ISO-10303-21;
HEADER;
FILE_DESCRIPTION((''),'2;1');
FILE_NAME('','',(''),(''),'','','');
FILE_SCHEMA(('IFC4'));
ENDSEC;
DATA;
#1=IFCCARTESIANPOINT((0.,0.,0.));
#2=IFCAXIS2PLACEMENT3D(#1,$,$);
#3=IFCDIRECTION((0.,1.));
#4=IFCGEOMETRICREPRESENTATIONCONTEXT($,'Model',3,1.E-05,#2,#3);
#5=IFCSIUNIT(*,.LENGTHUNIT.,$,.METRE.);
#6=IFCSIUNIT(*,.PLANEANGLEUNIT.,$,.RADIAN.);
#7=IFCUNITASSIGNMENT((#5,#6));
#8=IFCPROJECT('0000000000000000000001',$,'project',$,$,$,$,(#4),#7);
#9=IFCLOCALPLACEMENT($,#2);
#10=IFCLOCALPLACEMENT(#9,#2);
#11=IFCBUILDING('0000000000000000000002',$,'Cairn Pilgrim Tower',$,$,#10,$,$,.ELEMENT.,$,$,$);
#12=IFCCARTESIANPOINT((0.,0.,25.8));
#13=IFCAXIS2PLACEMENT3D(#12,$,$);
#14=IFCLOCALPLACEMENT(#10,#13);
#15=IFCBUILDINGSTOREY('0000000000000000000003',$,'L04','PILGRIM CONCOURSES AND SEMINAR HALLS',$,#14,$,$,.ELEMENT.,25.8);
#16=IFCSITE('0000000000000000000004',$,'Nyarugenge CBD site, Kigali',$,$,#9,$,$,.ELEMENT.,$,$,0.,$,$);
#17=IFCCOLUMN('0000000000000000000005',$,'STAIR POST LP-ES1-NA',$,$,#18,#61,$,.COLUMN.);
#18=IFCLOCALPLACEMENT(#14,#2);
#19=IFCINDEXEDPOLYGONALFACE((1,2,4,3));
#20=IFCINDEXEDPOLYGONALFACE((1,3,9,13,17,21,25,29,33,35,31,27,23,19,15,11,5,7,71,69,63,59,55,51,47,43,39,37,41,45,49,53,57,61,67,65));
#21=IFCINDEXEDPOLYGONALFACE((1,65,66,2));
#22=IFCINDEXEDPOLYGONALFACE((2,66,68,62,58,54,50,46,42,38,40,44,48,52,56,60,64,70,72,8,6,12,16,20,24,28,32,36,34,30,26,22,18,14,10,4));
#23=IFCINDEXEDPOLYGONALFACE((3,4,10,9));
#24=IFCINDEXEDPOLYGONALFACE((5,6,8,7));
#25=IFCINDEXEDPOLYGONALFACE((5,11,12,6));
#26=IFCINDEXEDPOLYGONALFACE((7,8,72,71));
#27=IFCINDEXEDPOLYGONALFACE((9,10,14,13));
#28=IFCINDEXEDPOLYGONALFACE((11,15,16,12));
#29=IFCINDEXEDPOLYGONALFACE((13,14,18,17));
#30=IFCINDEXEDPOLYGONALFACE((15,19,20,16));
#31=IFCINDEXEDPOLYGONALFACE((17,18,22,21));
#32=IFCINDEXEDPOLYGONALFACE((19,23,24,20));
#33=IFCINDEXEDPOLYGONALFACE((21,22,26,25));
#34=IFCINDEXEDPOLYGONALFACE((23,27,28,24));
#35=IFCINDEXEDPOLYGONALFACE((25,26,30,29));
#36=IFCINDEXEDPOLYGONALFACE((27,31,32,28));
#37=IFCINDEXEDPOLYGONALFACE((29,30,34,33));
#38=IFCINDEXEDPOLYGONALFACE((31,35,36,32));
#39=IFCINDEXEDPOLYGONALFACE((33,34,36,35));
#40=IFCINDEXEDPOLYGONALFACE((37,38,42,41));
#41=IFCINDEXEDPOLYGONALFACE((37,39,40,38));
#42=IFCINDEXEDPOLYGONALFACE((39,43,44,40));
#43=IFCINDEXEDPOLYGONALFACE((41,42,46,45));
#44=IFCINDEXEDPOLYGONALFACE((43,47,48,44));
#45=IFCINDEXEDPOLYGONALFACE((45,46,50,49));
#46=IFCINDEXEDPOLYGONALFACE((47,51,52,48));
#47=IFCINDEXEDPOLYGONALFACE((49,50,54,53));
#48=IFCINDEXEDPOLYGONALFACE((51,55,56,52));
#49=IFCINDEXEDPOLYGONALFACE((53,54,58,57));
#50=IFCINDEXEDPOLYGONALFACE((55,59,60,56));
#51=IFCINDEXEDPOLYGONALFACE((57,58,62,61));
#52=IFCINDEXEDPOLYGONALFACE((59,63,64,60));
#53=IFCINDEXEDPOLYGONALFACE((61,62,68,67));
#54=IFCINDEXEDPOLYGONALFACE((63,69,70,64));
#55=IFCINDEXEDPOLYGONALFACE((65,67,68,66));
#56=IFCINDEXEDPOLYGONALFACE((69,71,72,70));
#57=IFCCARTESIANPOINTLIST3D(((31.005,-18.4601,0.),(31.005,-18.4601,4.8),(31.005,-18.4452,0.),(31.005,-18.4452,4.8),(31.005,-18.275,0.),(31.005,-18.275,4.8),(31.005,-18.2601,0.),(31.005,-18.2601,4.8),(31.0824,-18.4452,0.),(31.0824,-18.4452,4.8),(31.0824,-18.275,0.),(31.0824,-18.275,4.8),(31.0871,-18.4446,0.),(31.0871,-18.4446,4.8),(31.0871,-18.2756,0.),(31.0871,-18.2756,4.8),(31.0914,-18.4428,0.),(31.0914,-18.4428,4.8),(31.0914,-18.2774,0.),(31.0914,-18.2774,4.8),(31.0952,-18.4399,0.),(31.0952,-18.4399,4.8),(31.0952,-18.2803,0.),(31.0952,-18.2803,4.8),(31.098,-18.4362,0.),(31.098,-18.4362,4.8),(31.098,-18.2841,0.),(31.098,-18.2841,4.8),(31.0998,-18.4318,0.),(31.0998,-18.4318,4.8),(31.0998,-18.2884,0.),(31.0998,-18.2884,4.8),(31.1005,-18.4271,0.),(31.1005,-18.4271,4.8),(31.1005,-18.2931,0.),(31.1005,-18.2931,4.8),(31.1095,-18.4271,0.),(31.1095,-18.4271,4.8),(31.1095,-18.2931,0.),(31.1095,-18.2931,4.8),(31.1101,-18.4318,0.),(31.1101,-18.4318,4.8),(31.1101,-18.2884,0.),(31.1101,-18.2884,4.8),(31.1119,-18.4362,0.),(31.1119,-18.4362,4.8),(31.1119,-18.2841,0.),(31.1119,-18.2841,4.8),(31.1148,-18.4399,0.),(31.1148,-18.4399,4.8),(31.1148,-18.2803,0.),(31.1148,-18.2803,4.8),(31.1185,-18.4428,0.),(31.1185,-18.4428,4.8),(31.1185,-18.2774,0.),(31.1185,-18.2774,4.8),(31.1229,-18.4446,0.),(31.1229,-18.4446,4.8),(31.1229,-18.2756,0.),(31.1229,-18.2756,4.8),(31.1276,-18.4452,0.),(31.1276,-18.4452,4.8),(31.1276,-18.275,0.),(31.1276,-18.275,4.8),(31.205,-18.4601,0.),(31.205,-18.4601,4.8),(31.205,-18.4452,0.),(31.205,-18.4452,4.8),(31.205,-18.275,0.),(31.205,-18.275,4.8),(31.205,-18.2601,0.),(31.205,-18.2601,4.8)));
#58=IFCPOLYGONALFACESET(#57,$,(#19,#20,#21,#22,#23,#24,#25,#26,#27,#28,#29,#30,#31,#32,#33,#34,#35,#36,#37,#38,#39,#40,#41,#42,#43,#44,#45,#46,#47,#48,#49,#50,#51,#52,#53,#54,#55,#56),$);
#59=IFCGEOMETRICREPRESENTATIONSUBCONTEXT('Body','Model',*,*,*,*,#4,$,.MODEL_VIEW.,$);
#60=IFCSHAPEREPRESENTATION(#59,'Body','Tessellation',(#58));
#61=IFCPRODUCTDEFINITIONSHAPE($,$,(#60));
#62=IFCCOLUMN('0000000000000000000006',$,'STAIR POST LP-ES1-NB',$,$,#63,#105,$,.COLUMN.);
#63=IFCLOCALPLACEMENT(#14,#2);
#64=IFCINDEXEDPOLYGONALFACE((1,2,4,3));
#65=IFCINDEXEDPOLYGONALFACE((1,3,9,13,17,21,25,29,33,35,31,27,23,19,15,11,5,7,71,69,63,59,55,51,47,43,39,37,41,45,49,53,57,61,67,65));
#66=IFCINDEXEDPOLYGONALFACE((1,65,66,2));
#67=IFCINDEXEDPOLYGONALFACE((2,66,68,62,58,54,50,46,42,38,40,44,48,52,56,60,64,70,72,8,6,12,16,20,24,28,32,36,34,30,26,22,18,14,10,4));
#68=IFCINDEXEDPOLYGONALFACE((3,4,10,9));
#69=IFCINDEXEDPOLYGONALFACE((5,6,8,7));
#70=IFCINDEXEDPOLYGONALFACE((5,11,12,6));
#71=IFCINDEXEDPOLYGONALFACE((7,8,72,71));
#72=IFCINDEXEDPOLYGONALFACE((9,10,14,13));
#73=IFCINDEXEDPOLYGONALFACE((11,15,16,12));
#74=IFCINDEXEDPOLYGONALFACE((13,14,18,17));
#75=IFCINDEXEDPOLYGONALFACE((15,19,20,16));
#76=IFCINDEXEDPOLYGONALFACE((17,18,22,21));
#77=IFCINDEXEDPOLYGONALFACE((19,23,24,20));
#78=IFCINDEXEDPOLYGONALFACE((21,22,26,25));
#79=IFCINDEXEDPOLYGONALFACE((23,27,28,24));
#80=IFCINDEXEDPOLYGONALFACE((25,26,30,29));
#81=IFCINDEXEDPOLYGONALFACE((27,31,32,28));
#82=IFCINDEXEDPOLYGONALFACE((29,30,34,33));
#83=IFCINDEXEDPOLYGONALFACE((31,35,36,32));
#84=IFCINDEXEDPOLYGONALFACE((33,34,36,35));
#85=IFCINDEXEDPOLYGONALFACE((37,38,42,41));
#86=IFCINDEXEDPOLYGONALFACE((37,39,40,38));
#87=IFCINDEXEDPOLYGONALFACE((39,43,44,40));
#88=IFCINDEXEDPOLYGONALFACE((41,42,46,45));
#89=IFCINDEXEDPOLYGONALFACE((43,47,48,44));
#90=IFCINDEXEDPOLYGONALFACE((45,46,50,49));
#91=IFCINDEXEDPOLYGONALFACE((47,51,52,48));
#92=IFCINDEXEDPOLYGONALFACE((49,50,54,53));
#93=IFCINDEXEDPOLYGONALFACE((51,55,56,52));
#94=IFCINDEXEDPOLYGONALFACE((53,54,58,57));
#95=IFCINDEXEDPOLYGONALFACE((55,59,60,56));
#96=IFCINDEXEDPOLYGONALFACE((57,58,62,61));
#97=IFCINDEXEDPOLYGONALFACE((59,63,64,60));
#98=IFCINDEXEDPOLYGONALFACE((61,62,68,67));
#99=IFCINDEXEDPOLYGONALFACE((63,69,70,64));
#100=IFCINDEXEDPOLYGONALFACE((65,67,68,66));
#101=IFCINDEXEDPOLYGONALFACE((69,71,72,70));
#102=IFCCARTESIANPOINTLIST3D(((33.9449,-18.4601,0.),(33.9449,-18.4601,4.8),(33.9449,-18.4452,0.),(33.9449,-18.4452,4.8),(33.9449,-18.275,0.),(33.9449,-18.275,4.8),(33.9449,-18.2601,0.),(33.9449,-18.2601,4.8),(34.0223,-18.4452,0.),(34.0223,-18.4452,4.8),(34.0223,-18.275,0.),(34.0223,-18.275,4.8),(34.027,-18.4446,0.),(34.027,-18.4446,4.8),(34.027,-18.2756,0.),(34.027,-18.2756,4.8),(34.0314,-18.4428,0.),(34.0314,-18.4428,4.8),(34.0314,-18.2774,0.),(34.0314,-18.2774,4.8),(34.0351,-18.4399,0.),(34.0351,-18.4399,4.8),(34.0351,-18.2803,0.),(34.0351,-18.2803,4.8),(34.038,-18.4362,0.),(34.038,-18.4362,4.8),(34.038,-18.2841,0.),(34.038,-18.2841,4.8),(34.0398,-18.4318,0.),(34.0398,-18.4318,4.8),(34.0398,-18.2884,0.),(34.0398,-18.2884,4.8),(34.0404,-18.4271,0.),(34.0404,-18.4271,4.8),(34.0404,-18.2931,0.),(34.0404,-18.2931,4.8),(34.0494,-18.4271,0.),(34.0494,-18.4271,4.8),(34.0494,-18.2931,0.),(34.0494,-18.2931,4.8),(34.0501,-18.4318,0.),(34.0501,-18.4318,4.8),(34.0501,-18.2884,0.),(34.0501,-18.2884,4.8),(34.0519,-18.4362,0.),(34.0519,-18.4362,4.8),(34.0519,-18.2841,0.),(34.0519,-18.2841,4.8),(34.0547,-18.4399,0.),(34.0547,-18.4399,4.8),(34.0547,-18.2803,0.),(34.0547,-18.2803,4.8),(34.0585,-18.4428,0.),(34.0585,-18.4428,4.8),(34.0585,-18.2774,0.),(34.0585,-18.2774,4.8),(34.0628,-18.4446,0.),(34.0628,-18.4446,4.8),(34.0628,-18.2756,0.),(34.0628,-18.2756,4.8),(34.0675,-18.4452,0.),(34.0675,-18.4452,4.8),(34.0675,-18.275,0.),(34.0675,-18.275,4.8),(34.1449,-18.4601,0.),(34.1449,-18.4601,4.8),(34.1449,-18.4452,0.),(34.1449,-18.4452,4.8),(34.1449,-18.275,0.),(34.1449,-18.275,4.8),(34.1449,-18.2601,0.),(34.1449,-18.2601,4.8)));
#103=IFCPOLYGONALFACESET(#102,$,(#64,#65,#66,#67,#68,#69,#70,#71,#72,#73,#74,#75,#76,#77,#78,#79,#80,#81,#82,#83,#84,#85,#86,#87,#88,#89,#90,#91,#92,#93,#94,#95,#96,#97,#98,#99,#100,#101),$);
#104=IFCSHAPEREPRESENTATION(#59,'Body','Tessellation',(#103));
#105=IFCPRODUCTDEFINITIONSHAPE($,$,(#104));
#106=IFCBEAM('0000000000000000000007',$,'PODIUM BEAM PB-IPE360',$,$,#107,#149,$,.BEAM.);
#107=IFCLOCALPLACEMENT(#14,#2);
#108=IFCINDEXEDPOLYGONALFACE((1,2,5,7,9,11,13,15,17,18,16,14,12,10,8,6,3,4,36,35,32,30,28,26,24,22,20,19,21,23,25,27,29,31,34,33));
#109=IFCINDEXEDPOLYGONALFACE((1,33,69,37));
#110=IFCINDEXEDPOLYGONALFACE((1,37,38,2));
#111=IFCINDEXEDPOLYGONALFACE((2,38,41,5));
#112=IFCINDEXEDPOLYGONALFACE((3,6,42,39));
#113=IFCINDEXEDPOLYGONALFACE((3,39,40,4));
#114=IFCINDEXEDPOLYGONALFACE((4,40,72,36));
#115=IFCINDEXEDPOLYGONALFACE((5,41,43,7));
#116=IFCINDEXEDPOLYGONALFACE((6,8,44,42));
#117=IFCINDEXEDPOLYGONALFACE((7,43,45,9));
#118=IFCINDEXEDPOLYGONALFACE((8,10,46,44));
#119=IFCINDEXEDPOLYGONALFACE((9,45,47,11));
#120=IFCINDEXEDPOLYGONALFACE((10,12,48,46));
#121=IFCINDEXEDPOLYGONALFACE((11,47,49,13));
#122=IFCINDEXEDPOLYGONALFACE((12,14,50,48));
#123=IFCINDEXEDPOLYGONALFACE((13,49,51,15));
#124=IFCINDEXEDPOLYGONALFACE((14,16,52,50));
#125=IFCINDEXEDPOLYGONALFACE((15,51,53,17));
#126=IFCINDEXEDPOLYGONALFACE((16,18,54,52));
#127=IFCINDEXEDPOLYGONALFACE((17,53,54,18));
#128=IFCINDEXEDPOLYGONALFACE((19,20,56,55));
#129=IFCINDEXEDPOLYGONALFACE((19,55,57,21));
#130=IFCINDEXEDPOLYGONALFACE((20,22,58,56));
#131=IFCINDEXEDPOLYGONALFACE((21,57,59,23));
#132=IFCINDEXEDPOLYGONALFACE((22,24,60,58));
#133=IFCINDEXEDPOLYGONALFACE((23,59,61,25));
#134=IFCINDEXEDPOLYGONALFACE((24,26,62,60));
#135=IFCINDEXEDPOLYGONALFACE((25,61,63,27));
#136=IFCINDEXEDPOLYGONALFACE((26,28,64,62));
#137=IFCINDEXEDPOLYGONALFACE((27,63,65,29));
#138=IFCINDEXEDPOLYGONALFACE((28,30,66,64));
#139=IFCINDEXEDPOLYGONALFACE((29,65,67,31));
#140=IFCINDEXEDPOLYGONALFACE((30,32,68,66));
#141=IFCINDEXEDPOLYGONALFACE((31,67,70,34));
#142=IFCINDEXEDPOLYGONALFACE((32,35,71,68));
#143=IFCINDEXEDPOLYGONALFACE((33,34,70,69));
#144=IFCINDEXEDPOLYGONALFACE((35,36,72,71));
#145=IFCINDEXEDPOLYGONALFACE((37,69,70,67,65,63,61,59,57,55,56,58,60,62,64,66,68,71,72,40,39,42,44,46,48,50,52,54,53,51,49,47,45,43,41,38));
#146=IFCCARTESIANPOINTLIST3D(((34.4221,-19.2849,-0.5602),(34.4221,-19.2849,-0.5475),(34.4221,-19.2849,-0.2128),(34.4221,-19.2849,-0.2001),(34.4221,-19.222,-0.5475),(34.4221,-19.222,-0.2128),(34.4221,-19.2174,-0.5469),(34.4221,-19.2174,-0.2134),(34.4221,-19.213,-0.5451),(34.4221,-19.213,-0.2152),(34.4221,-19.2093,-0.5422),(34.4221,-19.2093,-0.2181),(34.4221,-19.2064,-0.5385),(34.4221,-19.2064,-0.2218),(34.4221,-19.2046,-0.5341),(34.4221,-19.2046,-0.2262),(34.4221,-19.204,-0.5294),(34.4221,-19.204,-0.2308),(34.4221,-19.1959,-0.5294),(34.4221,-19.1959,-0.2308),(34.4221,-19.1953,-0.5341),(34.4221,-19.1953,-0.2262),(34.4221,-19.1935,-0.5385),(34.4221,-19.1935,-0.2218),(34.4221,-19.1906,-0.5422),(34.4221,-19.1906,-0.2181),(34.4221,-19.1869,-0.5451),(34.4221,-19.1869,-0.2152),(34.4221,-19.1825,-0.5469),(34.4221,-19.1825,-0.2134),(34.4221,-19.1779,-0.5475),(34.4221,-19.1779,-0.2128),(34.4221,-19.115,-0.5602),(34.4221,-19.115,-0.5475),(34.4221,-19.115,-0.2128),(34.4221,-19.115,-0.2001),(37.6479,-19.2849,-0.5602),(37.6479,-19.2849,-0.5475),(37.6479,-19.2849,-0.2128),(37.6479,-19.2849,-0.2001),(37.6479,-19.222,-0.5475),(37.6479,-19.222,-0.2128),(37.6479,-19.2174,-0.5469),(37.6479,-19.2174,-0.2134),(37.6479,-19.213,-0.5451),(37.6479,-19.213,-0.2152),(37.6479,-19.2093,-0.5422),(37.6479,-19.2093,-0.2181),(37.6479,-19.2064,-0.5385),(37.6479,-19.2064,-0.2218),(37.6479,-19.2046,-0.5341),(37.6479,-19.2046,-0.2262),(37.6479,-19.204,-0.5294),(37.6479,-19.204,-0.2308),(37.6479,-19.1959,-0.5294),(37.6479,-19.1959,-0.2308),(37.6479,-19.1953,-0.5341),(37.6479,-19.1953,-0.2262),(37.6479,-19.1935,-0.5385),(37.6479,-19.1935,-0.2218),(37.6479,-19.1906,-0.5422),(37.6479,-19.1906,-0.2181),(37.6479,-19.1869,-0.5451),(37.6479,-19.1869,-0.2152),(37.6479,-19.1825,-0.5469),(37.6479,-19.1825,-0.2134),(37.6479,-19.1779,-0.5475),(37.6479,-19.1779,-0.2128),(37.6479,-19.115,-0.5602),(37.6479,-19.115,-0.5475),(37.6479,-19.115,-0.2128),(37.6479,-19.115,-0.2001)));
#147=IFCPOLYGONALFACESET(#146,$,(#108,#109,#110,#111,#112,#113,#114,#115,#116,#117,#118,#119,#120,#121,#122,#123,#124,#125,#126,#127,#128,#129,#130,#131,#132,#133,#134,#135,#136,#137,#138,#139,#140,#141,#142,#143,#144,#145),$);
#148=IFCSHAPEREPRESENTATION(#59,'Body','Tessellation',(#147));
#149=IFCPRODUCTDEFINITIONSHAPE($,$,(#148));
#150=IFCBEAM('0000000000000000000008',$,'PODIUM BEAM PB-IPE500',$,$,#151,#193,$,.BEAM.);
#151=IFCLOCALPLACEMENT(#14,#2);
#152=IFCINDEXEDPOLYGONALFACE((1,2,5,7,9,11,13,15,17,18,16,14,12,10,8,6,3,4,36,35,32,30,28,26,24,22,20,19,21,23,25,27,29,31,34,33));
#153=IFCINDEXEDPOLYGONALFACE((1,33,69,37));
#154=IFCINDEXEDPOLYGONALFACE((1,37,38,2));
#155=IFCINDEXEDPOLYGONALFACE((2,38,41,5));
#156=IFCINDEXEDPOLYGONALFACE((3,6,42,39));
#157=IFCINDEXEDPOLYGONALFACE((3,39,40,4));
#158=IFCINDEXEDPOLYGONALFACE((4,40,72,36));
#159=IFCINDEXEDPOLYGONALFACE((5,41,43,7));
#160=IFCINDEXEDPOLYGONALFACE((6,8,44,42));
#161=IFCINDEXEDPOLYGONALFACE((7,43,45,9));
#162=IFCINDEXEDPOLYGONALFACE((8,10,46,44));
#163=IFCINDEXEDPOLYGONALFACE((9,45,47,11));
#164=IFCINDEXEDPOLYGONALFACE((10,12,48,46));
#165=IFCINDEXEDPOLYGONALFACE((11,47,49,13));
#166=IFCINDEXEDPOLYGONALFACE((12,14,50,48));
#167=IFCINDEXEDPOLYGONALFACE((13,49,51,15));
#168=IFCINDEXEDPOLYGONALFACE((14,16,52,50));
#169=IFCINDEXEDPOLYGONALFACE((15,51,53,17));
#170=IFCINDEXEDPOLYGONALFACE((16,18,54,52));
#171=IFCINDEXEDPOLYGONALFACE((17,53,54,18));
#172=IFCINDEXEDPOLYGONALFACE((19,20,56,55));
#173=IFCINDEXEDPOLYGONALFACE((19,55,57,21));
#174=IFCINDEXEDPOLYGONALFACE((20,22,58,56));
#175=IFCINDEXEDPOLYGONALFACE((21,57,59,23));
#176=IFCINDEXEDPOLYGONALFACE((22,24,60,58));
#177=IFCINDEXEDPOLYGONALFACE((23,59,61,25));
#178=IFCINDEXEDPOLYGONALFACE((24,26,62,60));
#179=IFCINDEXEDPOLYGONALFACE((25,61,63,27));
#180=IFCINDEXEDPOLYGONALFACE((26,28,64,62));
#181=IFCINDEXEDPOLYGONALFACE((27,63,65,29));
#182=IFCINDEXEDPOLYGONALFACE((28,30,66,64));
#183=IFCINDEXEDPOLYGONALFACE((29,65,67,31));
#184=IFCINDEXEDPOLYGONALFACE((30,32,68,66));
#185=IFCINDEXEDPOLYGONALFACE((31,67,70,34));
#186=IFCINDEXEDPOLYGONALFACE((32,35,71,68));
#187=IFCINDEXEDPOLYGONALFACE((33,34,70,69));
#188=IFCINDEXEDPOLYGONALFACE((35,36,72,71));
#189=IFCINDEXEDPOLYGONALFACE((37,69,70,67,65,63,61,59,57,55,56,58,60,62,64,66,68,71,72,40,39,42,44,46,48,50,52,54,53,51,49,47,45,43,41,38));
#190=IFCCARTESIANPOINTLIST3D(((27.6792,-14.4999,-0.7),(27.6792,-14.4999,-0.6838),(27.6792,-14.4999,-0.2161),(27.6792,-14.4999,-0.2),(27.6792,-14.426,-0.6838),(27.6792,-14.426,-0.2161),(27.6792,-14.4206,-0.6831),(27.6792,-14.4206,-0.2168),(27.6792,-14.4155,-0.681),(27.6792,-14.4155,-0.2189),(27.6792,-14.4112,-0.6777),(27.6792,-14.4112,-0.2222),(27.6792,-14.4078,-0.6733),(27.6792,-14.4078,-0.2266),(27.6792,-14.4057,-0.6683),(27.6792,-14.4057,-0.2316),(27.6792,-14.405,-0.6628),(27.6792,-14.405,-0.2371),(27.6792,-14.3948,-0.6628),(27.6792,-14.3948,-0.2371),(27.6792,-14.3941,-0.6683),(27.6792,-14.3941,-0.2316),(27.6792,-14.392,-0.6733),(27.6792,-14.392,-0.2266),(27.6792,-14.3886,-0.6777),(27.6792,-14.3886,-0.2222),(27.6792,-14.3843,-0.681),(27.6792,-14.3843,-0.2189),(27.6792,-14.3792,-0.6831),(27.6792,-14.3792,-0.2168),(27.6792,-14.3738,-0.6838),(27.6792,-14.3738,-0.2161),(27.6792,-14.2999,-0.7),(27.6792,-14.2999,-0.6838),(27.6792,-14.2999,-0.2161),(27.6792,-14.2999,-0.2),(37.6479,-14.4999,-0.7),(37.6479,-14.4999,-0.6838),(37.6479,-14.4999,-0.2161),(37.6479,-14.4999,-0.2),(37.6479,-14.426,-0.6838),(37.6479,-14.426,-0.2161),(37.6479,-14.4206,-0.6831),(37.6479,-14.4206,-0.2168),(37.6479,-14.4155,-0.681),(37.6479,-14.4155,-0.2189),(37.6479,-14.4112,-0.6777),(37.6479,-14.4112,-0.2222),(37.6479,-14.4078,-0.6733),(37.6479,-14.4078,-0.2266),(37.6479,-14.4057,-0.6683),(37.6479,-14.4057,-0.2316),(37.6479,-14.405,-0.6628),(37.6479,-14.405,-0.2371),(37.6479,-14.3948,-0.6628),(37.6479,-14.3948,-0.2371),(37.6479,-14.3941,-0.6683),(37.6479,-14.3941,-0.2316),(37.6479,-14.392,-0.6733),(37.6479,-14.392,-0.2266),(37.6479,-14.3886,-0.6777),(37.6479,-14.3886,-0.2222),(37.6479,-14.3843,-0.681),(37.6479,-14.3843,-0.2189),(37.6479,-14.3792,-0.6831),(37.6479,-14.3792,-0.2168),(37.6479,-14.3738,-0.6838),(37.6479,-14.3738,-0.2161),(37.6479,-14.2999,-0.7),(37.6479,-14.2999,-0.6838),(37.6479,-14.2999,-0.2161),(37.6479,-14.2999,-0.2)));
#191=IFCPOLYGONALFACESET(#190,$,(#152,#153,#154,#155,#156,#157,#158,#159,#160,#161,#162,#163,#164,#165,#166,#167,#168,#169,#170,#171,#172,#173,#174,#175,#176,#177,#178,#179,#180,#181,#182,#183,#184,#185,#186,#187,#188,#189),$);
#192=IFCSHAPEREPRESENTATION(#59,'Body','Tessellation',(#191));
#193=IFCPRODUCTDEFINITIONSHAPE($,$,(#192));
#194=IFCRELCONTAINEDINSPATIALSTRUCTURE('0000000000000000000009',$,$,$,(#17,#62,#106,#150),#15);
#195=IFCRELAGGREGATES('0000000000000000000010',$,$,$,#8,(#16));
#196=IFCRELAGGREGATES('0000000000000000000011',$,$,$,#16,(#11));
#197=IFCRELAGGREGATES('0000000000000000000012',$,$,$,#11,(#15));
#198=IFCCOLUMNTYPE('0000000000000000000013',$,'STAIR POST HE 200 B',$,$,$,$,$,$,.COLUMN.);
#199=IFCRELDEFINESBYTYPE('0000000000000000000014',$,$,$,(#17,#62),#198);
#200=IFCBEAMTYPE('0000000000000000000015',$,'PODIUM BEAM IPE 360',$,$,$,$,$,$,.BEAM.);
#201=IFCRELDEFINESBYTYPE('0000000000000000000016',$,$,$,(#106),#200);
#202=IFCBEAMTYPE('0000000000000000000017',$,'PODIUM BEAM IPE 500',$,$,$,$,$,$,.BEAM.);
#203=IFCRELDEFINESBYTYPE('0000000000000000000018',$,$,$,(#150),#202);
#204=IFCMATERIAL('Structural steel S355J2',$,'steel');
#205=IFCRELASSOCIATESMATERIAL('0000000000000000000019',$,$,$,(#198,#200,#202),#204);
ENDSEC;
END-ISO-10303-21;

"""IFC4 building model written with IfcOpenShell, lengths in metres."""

from ifc_helpers import new_model, si_unit, direction, frame, origin, origin_2d, place, context, subcontext, project, spatial, i_section, extrude, material, material_profile, profile_set, type_object, element, save


model = new_model("IFC4")

# Units and contexts
model_context = context("Model", 3, precision=1e-05, world=origin(), true_north=direction((0.0, 1.0)))
body_context = subcontext(model_context, "Body", "Model", "MODEL_VIEW")
ifc_project = project(units=[si_unit("LENGTHUNIT", "METRE"), si_unit("PLANEANGLEUNIT", "RADIAN")], contexts=[model_context])

# Site, building, storey
site_placement = place(None, origin())
site = spatial("IfcSite", under=ifc_project, at=site_placement, Name="Nyarugenge CBD site, Kigali", CompositionType="ELEMENT", RefElevation=0.0)
building_placement = place(site_placement, origin())
building = spatial("IfcBuilding", under=site, at=building_placement, Name="Cairn Pilgrim Tower", CompositionType="ELEMENT")
storey_placement = place(building_placement, frame((0.0, 0.0, 25.8)))
storey = spatial("IfcBuildingStorey", under=building, at=storey_placement, Name="L04", Description="PILGRIM CONCOURSES AND SEMINAR HALLS", CompositionType="ELEMENT", Elevation=25.8)

# Columns
ifc_material_1 = material(Name="Structural steel S355J2", Category="steel")
ifc_material_profile_1 = material_profile(ifc_material_1, i_section(OverallWidth=0.2, OverallDepth=0.2, WebThickness=0.009, FlangeThickness=0.0149, FilletRadius=0.0181, at=origin_2d()), Name="HE 200 B")
ifc_profile_set_1 = profile_set([ifc_material_profile_1], Name="Structural steel S355J2")
column_type = type_object("IfcColumnType", Name="STAIR POST HE 200 B", PredefinedType="COLUMN", material=ifc_profile_set_1)
for number, where, z_axis, x_axis, name in (
    (1, (31.105, -18.3601, 0.0), (0.0, 0.0, 1.0), (1.0, 0.0, 0.0), "STAIR POST LP-ES1-NA"),
    (2, (34.0449, -18.3601, 0.0), (0.0, 0.0, 1.0), (1.0, 0.0, 0.0), "STAIR POST LP-ES1-NB"),
):
    element("IfcColumn", number, at=place(storey_placement, frame(where, z_axis=z_axis, x_axis=x_axis)), inside=storey, type_object=column_type, Name=name, PredefinedType="COLUMN", context=body_context, shape_type="SweptSolid", body=[
        extrude(i_section(OverallWidth=0.2, OverallDepth=0.2, WebThickness=0.009, FlangeThickness=0.0149, FilletRadius=0.0181, at=origin_2d()), origin(), (0.0, 0.0, 1.0), 4.8),
    ])

# Beams
ifc_material_profile_2 = material_profile(ifc_material_1, i_section(OverallWidth=0.1699, OverallDepth=0.3601, WebThickness=0.0081, FlangeThickness=0.0127, FilletRadius=0.0181, at=origin_2d()), Name="IPE 360")
ifc_profile_set_2 = profile_set([ifc_material_profile_2], Name="Structural steel S355J2")
beam_type_1 = type_object("IfcBeamType", Name="PODIUM BEAM IPE 360", PredefinedType="BEAM", material=ifc_profile_set_2)
beam_1_placement = place(storey_placement, frame((34.4221, -19.2, -0.3801), z_axis=(1.0, 0.0, 0.0), x_axis=(0.0, 1.0, 0.0)))
element("IfcBeam", 3, at=beam_1_placement, inside=storey, type_object=beam_type_1, Name="PODIUM BEAM PB-IPE360", PredefinedType="BEAM", context=body_context, shape_type="SweptSolid", body=[
    extrude(i_section(OverallWidth=0.1699, OverallDepth=0.3601, WebThickness=0.0081, FlangeThickness=0.0127, FilletRadius=0.0181, at=origin_2d()), origin(), (0.0, 0.0, 1.0), 3.2258),
])
ifc_material_profile_3 = material_profile(ifc_material_1, i_section(OverallWidth=0.2, OverallDepth=0.5, WebThickness=0.0103, FlangeThickness=0.0161, FilletRadius=0.021, at=origin_2d()), Name="IPE 500")
ifc_profile_set_3 = profile_set([ifc_material_profile_3], Name="Structural steel S355J2")
beam_type_2 = type_object("IfcBeamType", Name="PODIUM BEAM IPE 500", PredefinedType="BEAM", material=ifc_profile_set_3)
beam_2_placement = place(storey_placement, frame((27.6792, -14.3999, -0.45), z_axis=(1.0, 0.0, 0.0), x_axis=(0.0, 1.0, 0.0)))
element("IfcBeam", 4, at=beam_2_placement, inside=storey, type_object=beam_type_2, Name="PODIUM BEAM PB-IPE500", PredefinedType="BEAM", context=body_context, shape_type="SweptSolid", body=[
    extrude(i_section(OverallWidth=0.2, OverallDepth=0.5, WebThickness=0.0103, FlangeThickness=0.0161, FilletRadius=0.021, at=origin_2d()), origin(), (0.0, 0.0, 1.0), 9.9688),
])

save(model, "model.ifc")
